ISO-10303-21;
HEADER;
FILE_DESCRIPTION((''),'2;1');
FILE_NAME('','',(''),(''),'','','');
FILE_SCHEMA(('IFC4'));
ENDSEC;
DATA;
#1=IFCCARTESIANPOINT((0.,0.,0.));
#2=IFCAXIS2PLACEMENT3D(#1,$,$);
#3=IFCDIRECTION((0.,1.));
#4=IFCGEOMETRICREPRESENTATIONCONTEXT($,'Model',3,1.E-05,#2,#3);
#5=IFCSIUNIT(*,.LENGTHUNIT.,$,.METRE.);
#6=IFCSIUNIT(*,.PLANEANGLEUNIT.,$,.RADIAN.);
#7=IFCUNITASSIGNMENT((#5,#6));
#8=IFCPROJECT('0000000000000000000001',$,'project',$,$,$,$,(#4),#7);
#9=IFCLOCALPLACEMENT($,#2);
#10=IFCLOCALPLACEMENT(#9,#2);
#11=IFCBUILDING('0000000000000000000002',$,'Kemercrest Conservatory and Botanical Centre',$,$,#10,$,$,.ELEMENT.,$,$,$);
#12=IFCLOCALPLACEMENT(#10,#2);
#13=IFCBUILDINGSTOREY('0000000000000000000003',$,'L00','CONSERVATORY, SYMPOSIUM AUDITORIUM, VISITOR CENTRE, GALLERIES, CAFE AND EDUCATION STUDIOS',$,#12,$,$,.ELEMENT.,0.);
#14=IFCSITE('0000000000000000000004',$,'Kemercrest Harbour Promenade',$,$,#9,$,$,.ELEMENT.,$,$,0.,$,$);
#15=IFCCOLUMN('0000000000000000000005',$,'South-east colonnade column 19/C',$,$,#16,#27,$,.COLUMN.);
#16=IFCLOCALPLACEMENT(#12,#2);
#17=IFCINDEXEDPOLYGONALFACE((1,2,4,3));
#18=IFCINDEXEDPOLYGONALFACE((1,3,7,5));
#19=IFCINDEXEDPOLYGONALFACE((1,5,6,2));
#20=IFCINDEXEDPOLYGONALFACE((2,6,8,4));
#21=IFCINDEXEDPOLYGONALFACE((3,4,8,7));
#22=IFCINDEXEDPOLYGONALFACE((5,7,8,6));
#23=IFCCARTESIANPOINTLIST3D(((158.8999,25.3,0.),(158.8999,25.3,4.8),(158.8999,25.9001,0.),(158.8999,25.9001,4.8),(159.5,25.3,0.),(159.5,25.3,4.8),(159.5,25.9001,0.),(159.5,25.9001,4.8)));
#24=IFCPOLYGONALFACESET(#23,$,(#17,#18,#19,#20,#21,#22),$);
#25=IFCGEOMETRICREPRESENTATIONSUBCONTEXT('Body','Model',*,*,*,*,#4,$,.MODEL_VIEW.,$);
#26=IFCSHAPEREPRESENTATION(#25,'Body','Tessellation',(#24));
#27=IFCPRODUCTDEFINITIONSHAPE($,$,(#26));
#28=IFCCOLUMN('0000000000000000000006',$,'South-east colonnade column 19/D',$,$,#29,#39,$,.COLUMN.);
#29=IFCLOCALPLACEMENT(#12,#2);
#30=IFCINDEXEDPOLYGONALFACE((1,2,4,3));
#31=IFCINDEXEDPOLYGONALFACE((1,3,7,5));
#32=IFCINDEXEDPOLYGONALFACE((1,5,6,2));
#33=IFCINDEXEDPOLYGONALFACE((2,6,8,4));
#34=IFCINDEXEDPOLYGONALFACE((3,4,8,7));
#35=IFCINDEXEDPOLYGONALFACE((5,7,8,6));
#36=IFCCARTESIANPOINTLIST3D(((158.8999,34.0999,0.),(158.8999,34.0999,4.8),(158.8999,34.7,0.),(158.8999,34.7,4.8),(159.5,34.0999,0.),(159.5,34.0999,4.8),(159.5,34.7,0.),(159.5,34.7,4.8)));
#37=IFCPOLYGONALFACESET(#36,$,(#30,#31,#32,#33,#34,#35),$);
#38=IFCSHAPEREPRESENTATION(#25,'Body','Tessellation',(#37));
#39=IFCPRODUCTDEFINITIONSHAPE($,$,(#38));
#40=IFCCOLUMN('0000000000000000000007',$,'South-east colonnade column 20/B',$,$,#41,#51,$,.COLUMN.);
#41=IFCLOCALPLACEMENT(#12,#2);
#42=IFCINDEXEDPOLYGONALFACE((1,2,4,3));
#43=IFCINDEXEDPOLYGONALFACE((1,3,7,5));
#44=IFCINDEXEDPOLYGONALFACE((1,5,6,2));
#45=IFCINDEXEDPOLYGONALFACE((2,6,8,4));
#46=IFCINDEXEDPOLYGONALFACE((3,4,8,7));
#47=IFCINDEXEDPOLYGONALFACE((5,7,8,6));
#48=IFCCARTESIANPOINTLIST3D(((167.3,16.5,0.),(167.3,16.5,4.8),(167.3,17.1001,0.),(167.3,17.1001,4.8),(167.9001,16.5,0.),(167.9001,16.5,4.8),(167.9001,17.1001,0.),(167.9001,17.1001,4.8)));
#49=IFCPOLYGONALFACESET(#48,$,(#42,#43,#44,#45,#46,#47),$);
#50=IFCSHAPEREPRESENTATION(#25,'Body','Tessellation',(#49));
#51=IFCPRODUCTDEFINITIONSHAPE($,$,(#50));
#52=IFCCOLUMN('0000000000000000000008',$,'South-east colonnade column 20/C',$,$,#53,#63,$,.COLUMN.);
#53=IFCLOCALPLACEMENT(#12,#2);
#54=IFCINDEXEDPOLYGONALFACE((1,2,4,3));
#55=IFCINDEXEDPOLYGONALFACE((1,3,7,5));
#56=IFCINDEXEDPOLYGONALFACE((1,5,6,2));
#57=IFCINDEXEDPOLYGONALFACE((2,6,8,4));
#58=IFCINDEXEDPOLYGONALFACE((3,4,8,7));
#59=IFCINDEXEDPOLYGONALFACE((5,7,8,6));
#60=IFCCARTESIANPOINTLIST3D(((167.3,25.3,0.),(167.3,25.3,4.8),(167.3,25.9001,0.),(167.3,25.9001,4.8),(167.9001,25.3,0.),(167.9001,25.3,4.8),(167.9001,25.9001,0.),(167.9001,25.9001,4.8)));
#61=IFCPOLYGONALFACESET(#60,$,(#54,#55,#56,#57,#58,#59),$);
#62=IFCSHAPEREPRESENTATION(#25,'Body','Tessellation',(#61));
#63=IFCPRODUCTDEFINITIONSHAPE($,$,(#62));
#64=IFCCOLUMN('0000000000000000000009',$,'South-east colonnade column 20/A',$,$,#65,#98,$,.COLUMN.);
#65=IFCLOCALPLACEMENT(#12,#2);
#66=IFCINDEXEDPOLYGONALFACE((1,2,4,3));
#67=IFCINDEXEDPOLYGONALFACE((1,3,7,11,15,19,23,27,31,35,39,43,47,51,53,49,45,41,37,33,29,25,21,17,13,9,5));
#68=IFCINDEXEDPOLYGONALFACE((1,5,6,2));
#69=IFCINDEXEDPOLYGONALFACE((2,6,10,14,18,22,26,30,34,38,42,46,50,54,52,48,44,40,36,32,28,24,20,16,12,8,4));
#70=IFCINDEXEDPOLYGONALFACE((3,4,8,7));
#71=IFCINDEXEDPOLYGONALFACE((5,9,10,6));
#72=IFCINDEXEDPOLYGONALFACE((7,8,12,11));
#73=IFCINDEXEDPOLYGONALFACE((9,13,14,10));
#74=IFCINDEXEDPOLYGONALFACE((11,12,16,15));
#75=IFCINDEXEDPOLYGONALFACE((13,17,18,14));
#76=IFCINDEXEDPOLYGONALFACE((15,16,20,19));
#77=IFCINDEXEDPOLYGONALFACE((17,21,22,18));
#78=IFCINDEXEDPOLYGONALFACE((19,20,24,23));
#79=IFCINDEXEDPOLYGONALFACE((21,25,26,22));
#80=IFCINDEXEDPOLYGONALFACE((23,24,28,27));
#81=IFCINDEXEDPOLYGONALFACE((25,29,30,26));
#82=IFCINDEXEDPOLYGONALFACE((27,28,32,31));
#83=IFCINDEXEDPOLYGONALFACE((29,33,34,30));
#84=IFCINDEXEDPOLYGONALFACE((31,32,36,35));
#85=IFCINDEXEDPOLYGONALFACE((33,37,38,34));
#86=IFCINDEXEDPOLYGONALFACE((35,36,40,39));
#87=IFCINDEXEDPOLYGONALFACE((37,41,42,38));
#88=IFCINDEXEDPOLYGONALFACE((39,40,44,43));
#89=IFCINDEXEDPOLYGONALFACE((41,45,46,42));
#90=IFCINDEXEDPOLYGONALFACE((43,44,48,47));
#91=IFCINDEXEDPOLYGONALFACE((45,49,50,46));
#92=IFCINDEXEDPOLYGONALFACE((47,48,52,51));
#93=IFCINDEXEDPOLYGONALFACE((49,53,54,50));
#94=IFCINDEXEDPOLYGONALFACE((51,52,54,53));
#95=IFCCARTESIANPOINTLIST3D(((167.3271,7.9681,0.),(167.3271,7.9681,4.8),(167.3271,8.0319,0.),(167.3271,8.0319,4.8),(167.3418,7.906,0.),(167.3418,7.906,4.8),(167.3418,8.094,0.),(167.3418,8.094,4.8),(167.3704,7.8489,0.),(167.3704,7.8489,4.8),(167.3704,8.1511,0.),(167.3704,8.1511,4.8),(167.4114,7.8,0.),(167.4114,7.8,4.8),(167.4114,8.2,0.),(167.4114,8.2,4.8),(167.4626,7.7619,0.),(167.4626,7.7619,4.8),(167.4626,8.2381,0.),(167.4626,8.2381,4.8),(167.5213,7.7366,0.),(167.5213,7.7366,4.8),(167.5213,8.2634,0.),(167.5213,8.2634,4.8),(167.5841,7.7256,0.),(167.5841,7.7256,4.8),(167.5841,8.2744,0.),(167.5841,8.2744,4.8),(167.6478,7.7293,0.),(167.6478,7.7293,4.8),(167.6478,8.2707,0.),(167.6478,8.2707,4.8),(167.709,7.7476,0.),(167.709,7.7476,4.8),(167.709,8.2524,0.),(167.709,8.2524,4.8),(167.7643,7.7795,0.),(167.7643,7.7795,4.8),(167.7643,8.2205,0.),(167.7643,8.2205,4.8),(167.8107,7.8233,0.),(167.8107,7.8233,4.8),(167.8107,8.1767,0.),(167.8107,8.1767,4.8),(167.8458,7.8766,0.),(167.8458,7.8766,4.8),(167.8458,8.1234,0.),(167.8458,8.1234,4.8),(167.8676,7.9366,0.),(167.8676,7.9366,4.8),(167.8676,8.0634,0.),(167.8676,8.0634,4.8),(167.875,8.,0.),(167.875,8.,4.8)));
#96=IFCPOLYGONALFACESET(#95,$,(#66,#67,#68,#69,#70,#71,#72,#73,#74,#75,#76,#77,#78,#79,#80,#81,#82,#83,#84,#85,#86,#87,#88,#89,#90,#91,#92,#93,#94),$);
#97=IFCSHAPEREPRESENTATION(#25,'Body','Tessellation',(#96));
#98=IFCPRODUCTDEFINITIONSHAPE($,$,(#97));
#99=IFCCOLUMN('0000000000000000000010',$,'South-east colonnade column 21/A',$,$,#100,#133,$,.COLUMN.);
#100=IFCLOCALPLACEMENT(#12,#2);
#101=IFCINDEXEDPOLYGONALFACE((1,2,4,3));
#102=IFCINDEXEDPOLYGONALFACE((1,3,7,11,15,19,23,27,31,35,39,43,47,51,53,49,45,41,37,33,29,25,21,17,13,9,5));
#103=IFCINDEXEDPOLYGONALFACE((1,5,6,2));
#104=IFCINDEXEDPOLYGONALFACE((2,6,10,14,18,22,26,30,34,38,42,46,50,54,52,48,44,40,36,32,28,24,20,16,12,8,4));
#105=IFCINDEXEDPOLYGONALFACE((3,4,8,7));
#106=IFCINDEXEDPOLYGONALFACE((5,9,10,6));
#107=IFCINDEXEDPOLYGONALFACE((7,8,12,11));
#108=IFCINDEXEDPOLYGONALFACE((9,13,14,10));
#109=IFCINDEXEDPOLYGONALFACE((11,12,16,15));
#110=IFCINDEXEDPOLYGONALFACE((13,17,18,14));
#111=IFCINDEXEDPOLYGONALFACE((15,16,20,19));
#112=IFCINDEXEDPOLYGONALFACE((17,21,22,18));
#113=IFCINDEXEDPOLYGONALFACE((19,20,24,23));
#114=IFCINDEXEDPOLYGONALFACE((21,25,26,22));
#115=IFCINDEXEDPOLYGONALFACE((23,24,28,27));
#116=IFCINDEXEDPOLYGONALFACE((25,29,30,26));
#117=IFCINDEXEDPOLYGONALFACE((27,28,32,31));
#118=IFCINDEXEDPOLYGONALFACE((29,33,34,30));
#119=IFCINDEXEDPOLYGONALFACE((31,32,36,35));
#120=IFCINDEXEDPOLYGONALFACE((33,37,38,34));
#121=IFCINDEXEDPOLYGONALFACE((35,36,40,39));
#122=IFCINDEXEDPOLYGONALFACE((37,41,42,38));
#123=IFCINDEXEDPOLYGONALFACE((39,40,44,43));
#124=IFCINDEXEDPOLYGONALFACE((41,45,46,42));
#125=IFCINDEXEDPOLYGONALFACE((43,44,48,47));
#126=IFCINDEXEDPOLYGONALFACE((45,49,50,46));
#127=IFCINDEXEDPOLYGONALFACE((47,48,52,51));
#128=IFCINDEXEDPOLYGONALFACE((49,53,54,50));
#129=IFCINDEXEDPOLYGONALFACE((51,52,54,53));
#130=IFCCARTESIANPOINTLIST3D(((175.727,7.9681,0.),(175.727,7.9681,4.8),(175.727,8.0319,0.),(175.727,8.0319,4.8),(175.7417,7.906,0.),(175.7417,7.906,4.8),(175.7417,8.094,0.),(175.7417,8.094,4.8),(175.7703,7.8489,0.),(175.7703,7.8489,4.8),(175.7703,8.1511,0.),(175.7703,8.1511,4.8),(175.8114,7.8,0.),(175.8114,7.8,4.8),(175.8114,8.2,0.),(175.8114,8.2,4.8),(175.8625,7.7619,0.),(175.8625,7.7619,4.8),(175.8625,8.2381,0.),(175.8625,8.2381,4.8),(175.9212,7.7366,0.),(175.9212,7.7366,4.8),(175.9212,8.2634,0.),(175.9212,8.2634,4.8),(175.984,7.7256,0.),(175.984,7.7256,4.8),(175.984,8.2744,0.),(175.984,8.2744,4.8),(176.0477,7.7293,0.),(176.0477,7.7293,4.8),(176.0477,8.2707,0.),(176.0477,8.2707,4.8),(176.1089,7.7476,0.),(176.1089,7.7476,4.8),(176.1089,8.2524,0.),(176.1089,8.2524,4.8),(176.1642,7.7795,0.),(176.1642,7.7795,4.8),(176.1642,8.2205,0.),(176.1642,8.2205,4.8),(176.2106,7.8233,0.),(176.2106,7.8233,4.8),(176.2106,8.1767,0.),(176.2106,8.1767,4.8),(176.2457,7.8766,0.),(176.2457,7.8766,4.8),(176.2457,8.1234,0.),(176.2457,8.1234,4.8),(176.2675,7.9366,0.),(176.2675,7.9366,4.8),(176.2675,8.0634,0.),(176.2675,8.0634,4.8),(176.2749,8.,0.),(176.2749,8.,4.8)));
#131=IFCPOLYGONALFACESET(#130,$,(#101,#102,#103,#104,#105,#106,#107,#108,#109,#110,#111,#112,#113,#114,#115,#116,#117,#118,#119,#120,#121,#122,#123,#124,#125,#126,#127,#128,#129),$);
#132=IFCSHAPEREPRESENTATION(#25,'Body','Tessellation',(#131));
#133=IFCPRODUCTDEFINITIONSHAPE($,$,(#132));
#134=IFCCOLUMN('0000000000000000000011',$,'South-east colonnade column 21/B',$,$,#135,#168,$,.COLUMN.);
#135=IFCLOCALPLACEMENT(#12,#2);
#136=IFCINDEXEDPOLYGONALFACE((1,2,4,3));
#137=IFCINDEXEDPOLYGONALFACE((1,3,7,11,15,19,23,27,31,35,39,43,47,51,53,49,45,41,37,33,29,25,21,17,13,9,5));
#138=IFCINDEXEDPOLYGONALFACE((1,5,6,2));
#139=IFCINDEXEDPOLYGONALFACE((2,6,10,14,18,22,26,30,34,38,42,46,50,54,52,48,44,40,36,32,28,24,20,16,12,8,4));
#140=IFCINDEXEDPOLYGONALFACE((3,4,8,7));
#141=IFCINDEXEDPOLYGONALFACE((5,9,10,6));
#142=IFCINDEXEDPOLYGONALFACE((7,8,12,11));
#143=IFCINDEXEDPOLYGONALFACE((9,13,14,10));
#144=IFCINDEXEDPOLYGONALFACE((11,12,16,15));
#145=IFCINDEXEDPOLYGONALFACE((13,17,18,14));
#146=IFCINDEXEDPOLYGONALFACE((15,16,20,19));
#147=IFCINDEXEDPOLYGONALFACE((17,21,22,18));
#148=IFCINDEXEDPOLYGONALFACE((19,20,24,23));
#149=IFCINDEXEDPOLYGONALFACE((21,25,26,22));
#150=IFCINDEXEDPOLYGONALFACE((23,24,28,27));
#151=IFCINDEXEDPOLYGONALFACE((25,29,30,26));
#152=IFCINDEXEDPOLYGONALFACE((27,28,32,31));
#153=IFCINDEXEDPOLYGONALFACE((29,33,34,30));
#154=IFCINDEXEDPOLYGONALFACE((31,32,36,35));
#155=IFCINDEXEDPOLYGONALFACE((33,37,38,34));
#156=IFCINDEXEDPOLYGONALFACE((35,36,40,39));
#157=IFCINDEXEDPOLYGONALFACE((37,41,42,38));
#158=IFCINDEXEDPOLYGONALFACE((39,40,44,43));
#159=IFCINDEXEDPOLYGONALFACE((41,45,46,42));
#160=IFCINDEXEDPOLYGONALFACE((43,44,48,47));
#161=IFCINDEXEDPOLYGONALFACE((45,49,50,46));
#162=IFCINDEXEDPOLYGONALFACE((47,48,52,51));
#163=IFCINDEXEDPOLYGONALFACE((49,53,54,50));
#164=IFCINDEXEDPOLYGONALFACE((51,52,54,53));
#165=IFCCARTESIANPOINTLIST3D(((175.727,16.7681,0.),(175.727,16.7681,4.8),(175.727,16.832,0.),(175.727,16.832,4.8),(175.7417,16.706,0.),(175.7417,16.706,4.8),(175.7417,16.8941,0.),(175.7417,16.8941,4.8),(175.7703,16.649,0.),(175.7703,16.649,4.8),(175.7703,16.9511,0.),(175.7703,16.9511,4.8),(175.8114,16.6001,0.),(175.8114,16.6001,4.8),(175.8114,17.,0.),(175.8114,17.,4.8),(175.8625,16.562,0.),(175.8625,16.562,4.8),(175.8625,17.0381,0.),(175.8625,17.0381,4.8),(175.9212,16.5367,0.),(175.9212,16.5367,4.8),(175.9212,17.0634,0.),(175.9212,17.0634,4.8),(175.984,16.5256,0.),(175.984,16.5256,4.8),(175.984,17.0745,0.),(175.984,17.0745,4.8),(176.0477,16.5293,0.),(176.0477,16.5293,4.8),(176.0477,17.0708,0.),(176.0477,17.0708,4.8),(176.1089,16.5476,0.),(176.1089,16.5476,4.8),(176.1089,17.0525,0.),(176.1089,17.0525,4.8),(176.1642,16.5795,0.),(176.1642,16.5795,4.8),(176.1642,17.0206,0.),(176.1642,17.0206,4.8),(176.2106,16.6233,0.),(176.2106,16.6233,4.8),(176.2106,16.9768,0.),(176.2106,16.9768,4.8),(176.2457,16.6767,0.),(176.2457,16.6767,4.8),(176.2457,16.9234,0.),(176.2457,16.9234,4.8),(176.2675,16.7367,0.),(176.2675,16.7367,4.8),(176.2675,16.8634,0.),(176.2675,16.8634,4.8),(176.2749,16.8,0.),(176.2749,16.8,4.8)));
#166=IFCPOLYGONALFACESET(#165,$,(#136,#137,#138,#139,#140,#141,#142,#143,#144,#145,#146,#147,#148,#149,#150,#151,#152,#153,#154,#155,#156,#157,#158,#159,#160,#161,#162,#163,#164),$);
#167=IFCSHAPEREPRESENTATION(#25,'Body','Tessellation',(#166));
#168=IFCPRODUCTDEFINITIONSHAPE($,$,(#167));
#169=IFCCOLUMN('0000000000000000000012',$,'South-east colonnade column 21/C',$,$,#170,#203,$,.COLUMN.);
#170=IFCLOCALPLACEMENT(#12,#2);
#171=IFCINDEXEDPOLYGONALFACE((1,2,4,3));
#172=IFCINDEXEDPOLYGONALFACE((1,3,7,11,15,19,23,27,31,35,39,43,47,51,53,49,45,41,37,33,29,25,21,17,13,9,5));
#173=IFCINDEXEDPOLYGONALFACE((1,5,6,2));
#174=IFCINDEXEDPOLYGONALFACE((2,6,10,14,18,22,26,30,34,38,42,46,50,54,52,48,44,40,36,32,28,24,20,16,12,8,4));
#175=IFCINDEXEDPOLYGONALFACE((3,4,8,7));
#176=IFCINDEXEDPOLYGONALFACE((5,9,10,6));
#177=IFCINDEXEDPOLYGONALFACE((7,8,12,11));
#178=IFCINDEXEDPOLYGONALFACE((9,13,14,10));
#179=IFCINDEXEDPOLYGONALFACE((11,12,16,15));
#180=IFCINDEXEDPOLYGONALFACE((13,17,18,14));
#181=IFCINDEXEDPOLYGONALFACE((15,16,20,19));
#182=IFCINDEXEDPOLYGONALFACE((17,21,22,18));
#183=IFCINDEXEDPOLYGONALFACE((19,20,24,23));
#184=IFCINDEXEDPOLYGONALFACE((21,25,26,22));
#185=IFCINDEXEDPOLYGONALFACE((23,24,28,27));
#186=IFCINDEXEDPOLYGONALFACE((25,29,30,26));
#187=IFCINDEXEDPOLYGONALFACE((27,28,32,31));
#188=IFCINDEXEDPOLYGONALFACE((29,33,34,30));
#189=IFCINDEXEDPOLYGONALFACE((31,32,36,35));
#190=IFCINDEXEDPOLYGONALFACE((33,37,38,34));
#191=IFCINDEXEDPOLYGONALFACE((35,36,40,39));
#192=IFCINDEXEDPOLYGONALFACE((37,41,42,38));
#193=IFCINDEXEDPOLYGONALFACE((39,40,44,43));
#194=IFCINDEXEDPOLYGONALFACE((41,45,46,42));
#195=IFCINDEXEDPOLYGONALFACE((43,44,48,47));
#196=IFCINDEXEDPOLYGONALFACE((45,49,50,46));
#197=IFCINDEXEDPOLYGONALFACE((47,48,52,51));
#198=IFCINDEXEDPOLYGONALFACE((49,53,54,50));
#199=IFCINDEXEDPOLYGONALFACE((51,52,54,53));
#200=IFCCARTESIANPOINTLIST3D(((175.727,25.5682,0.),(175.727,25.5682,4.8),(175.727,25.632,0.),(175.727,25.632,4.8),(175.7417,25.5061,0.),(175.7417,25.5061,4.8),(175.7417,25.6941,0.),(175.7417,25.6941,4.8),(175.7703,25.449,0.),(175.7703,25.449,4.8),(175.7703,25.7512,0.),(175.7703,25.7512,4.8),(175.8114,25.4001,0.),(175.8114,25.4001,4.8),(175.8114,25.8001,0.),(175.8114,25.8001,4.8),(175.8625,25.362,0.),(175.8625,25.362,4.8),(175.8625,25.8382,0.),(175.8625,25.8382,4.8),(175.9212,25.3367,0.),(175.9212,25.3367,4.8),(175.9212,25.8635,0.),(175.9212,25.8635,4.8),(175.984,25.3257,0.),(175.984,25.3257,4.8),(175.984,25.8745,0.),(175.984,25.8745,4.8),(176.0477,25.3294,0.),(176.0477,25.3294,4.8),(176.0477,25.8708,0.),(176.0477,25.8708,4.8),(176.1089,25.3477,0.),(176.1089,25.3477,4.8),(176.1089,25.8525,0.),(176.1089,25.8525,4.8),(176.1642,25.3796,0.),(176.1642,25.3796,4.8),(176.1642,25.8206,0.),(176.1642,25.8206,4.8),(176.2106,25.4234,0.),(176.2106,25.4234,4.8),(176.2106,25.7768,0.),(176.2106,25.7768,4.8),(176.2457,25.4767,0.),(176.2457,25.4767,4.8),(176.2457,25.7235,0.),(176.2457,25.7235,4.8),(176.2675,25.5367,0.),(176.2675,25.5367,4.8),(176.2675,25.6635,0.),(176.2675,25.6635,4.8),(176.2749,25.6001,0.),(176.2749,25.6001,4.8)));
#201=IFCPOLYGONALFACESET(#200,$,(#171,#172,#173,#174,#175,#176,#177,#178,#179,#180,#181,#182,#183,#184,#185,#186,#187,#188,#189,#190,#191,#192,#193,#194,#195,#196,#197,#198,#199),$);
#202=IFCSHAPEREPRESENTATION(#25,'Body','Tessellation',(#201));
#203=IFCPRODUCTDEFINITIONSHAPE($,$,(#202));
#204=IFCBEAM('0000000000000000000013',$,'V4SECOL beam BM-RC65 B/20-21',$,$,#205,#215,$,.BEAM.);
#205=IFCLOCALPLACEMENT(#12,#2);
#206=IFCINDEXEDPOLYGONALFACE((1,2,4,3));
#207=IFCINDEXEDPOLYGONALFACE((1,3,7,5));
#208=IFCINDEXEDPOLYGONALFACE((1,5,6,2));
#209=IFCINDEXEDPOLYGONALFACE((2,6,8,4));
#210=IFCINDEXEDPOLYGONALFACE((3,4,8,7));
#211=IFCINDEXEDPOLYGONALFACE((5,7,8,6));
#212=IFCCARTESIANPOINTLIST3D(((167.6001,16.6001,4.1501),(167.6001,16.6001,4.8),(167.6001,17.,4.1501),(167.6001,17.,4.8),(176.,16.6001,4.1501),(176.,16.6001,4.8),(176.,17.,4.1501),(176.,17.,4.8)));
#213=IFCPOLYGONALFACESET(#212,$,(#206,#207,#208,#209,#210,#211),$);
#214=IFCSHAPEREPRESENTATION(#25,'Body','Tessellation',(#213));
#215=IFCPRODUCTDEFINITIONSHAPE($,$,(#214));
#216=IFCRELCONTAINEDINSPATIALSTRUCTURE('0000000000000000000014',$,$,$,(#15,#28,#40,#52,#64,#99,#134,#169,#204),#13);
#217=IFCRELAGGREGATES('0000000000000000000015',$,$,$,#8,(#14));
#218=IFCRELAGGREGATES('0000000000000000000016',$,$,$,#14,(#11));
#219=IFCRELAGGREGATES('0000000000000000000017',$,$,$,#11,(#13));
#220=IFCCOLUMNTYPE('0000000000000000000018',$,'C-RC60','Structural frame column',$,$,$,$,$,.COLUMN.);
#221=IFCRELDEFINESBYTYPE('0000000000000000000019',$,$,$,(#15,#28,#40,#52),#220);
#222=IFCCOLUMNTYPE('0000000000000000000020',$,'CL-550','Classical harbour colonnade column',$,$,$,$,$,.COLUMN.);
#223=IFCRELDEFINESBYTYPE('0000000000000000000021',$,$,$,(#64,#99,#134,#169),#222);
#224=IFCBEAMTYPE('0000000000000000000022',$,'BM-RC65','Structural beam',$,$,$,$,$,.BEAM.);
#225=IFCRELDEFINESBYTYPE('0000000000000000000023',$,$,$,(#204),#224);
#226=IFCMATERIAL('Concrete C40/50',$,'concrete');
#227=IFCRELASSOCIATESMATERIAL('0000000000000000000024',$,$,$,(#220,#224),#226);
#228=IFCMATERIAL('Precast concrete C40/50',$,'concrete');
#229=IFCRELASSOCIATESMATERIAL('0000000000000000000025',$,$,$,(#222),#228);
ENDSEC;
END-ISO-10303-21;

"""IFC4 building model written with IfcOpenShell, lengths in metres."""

from ifc_helpers import new_model, si_unit, direction, frame, origin, origin_2d, place, context, subcontext, project, spatial, rectangle, circle, extrude, material, material_profile, profile_set, type_object, element, save


model = new_model("IFC4")

# Units and contexts
model_context = context("Model", 3, precision=1e-05, world=origin(), true_north=direction((0.0, 1.0)))
body_context = subcontext(model_context, "Body", "Model", "MODEL_VIEW")
ifc_project = project(units=[si_unit("LENGTHUNIT", "METRE"), si_unit("PLANEANGLEUNIT", "RADIAN")], contexts=[model_context])

# Site, building, storey
site_placement = place(None, origin())
site = spatial("IfcSite", under=ifc_project, at=site_placement, Name="Kemercrest Harbour Promenade", CompositionType="ELEMENT", RefElevation=0.0)
building_placement = place(site_placement, origin())
building = spatial("IfcBuilding", under=site, at=building_placement, Name="Kemercrest Conservatory and Botanical Centre", CompositionType="ELEMENT")
storey_placement = place(building_placement, origin())
storey = spatial("IfcBuildingStorey", under=building, at=storey_placement, Name="L00", Description="CONSERVATORY, SYMPOSIUM AUDITORIUM, VISITOR CENTRE, GALLERIES, CAFE AND EDUCATION STUDIOS", CompositionType="ELEMENT", Elevation=0.0)

# Columns
ifc_material_1 = material(Name="Concrete C40/50", Category="concrete")
ifc_material_profile_1 = material_profile(ifc_material_1, rectangle(XDim=0.6001, YDim=0.6001, at=origin_2d()), Name="RC 600x600")
ifc_profile_set_1 = profile_set([ifc_material_profile_1], Name="Concrete C40/50")
column_type_1 = type_object("IfcColumnType", Name="C-RC60", Description="Structural frame column", PredefinedType="COLUMN", material=ifc_profile_set_1)
for number, where, z_axis, x_axis, name in (
    (1, (159.2, 25.6001, 0.0), (0.0, 0.0, 1.0), (1.0, 0.0, 0.0), "South-east colonnade column 19/C"),
    (2, (159.2, 34.3999, 0.0), (0.0, 0.0, 1.0), (1.0, 0.0, 0.0), "South-east colonnade column 19/D"),
    (3, (167.6001, 16.8, 0.0), (0.0, 0.0, 1.0), (1.0, 0.0, 0.0), "South-east colonnade column 20/B"),
    (4, (167.6001, 25.6001, 0.0), (0.0, 0.0, 1.0), (1.0, 0.0, 0.0), "South-east colonnade column 20/C"),
):
    element("IfcColumn", number, at=place(storey_placement, frame(where, z_axis=z_axis, x_axis=x_axis)), inside=storey, type_object=column_type_1, Name=name, PredefinedType="COLUMN", context=body_context, shape_type="SweptSolid", body=[
        extrude(rectangle(XDim=0.6001, YDim=0.6001, at=origin_2d()), origin(), (0.0, 0.0, 1.0), 4.8),
    ])
ifc_material_2 = material(Name="Precast concrete C40/50", Category="concrete")
ifc_material_profile_2 = material_profile(ifc_material_2, circle(Radius=0.2749, at=origin_2d()), Name="COLONNADE D550")
ifc_profile_set_2 = profile_set([ifc_material_profile_2], Name="Precast concrete C40/50")
column_type_2 = type_object("IfcColumnType", Name="CL-550", Description="Classical harbour colonnade column", PredefinedType="COLUMN", material=ifc_profile_set_2)
for number, where, z_axis, x_axis, name in (
    (5, (167.6001, 8.0, 0.0), (0.0, 0.0, 1.0), (1.0, 0.0, 0.0), "South-east colonnade column 20/A"),
    (6, (176.0, 8.0, 0.0), (0.0, 0.0, 1.0), (1.0, 0.0, 0.0), "South-east colonnade column 21/A"),
    (7, (176.0, 16.8, 0.0), (0.0, 0.0, 1.0), (1.0, 0.0, 0.0), "South-east colonnade column 21/B"),
    (8, (176.0, 25.6001, 0.0), (0.0, 0.0, 1.0), (1.0, 0.0, 0.0), "South-east colonnade column 21/C"),
):
    element("IfcColumn", number, at=place(storey_placement, frame(where, z_axis=z_axis, x_axis=x_axis)), inside=storey, type_object=column_type_2, Name=name, PredefinedType="COLUMN", context=body_context, shape_type="SweptSolid", body=[
        extrude(circle(Radius=0.2749, at=origin_2d()), origin(), (0.0, 0.0, 1.0), 4.8),
    ])

# Beam
ifc_material_profile_3 = material_profile(ifc_material_1, rectangle(XDim=0.3999, YDim=0.6499, at=origin_2d()), Name="RC 400x650")
ifc_profile_set_3 = profile_set([ifc_material_profile_3], Name="Concrete C40/50")
beam_type_1 = type_object("IfcBeamType", Name="BM-RC65", Description="Structural beam", PredefinedType="BEAM", material=ifc_profile_set_3)
beam_1_placement = place(storey_placement, frame((167.6001, 16.8, 4.4751), z_axis=(1.0, 0.0, 0.0), x_axis=(0.0, 1.0, 0.0)))
element("IfcBeam", 9, at=beam_1_placement, inside=storey, type_object=beam_type_1, Name="V4SECOL beam BM-RC65 B/20-21", PredefinedType="BEAM", context=body_context, shape_type="SweptSolid", body=[
    extrude(rectangle(XDim=0.3999, YDim=0.6499, at=origin_2d()), origin(), (0.0, 0.0, 1.0), 8.3999),
])

save(model, "model.ifc")
